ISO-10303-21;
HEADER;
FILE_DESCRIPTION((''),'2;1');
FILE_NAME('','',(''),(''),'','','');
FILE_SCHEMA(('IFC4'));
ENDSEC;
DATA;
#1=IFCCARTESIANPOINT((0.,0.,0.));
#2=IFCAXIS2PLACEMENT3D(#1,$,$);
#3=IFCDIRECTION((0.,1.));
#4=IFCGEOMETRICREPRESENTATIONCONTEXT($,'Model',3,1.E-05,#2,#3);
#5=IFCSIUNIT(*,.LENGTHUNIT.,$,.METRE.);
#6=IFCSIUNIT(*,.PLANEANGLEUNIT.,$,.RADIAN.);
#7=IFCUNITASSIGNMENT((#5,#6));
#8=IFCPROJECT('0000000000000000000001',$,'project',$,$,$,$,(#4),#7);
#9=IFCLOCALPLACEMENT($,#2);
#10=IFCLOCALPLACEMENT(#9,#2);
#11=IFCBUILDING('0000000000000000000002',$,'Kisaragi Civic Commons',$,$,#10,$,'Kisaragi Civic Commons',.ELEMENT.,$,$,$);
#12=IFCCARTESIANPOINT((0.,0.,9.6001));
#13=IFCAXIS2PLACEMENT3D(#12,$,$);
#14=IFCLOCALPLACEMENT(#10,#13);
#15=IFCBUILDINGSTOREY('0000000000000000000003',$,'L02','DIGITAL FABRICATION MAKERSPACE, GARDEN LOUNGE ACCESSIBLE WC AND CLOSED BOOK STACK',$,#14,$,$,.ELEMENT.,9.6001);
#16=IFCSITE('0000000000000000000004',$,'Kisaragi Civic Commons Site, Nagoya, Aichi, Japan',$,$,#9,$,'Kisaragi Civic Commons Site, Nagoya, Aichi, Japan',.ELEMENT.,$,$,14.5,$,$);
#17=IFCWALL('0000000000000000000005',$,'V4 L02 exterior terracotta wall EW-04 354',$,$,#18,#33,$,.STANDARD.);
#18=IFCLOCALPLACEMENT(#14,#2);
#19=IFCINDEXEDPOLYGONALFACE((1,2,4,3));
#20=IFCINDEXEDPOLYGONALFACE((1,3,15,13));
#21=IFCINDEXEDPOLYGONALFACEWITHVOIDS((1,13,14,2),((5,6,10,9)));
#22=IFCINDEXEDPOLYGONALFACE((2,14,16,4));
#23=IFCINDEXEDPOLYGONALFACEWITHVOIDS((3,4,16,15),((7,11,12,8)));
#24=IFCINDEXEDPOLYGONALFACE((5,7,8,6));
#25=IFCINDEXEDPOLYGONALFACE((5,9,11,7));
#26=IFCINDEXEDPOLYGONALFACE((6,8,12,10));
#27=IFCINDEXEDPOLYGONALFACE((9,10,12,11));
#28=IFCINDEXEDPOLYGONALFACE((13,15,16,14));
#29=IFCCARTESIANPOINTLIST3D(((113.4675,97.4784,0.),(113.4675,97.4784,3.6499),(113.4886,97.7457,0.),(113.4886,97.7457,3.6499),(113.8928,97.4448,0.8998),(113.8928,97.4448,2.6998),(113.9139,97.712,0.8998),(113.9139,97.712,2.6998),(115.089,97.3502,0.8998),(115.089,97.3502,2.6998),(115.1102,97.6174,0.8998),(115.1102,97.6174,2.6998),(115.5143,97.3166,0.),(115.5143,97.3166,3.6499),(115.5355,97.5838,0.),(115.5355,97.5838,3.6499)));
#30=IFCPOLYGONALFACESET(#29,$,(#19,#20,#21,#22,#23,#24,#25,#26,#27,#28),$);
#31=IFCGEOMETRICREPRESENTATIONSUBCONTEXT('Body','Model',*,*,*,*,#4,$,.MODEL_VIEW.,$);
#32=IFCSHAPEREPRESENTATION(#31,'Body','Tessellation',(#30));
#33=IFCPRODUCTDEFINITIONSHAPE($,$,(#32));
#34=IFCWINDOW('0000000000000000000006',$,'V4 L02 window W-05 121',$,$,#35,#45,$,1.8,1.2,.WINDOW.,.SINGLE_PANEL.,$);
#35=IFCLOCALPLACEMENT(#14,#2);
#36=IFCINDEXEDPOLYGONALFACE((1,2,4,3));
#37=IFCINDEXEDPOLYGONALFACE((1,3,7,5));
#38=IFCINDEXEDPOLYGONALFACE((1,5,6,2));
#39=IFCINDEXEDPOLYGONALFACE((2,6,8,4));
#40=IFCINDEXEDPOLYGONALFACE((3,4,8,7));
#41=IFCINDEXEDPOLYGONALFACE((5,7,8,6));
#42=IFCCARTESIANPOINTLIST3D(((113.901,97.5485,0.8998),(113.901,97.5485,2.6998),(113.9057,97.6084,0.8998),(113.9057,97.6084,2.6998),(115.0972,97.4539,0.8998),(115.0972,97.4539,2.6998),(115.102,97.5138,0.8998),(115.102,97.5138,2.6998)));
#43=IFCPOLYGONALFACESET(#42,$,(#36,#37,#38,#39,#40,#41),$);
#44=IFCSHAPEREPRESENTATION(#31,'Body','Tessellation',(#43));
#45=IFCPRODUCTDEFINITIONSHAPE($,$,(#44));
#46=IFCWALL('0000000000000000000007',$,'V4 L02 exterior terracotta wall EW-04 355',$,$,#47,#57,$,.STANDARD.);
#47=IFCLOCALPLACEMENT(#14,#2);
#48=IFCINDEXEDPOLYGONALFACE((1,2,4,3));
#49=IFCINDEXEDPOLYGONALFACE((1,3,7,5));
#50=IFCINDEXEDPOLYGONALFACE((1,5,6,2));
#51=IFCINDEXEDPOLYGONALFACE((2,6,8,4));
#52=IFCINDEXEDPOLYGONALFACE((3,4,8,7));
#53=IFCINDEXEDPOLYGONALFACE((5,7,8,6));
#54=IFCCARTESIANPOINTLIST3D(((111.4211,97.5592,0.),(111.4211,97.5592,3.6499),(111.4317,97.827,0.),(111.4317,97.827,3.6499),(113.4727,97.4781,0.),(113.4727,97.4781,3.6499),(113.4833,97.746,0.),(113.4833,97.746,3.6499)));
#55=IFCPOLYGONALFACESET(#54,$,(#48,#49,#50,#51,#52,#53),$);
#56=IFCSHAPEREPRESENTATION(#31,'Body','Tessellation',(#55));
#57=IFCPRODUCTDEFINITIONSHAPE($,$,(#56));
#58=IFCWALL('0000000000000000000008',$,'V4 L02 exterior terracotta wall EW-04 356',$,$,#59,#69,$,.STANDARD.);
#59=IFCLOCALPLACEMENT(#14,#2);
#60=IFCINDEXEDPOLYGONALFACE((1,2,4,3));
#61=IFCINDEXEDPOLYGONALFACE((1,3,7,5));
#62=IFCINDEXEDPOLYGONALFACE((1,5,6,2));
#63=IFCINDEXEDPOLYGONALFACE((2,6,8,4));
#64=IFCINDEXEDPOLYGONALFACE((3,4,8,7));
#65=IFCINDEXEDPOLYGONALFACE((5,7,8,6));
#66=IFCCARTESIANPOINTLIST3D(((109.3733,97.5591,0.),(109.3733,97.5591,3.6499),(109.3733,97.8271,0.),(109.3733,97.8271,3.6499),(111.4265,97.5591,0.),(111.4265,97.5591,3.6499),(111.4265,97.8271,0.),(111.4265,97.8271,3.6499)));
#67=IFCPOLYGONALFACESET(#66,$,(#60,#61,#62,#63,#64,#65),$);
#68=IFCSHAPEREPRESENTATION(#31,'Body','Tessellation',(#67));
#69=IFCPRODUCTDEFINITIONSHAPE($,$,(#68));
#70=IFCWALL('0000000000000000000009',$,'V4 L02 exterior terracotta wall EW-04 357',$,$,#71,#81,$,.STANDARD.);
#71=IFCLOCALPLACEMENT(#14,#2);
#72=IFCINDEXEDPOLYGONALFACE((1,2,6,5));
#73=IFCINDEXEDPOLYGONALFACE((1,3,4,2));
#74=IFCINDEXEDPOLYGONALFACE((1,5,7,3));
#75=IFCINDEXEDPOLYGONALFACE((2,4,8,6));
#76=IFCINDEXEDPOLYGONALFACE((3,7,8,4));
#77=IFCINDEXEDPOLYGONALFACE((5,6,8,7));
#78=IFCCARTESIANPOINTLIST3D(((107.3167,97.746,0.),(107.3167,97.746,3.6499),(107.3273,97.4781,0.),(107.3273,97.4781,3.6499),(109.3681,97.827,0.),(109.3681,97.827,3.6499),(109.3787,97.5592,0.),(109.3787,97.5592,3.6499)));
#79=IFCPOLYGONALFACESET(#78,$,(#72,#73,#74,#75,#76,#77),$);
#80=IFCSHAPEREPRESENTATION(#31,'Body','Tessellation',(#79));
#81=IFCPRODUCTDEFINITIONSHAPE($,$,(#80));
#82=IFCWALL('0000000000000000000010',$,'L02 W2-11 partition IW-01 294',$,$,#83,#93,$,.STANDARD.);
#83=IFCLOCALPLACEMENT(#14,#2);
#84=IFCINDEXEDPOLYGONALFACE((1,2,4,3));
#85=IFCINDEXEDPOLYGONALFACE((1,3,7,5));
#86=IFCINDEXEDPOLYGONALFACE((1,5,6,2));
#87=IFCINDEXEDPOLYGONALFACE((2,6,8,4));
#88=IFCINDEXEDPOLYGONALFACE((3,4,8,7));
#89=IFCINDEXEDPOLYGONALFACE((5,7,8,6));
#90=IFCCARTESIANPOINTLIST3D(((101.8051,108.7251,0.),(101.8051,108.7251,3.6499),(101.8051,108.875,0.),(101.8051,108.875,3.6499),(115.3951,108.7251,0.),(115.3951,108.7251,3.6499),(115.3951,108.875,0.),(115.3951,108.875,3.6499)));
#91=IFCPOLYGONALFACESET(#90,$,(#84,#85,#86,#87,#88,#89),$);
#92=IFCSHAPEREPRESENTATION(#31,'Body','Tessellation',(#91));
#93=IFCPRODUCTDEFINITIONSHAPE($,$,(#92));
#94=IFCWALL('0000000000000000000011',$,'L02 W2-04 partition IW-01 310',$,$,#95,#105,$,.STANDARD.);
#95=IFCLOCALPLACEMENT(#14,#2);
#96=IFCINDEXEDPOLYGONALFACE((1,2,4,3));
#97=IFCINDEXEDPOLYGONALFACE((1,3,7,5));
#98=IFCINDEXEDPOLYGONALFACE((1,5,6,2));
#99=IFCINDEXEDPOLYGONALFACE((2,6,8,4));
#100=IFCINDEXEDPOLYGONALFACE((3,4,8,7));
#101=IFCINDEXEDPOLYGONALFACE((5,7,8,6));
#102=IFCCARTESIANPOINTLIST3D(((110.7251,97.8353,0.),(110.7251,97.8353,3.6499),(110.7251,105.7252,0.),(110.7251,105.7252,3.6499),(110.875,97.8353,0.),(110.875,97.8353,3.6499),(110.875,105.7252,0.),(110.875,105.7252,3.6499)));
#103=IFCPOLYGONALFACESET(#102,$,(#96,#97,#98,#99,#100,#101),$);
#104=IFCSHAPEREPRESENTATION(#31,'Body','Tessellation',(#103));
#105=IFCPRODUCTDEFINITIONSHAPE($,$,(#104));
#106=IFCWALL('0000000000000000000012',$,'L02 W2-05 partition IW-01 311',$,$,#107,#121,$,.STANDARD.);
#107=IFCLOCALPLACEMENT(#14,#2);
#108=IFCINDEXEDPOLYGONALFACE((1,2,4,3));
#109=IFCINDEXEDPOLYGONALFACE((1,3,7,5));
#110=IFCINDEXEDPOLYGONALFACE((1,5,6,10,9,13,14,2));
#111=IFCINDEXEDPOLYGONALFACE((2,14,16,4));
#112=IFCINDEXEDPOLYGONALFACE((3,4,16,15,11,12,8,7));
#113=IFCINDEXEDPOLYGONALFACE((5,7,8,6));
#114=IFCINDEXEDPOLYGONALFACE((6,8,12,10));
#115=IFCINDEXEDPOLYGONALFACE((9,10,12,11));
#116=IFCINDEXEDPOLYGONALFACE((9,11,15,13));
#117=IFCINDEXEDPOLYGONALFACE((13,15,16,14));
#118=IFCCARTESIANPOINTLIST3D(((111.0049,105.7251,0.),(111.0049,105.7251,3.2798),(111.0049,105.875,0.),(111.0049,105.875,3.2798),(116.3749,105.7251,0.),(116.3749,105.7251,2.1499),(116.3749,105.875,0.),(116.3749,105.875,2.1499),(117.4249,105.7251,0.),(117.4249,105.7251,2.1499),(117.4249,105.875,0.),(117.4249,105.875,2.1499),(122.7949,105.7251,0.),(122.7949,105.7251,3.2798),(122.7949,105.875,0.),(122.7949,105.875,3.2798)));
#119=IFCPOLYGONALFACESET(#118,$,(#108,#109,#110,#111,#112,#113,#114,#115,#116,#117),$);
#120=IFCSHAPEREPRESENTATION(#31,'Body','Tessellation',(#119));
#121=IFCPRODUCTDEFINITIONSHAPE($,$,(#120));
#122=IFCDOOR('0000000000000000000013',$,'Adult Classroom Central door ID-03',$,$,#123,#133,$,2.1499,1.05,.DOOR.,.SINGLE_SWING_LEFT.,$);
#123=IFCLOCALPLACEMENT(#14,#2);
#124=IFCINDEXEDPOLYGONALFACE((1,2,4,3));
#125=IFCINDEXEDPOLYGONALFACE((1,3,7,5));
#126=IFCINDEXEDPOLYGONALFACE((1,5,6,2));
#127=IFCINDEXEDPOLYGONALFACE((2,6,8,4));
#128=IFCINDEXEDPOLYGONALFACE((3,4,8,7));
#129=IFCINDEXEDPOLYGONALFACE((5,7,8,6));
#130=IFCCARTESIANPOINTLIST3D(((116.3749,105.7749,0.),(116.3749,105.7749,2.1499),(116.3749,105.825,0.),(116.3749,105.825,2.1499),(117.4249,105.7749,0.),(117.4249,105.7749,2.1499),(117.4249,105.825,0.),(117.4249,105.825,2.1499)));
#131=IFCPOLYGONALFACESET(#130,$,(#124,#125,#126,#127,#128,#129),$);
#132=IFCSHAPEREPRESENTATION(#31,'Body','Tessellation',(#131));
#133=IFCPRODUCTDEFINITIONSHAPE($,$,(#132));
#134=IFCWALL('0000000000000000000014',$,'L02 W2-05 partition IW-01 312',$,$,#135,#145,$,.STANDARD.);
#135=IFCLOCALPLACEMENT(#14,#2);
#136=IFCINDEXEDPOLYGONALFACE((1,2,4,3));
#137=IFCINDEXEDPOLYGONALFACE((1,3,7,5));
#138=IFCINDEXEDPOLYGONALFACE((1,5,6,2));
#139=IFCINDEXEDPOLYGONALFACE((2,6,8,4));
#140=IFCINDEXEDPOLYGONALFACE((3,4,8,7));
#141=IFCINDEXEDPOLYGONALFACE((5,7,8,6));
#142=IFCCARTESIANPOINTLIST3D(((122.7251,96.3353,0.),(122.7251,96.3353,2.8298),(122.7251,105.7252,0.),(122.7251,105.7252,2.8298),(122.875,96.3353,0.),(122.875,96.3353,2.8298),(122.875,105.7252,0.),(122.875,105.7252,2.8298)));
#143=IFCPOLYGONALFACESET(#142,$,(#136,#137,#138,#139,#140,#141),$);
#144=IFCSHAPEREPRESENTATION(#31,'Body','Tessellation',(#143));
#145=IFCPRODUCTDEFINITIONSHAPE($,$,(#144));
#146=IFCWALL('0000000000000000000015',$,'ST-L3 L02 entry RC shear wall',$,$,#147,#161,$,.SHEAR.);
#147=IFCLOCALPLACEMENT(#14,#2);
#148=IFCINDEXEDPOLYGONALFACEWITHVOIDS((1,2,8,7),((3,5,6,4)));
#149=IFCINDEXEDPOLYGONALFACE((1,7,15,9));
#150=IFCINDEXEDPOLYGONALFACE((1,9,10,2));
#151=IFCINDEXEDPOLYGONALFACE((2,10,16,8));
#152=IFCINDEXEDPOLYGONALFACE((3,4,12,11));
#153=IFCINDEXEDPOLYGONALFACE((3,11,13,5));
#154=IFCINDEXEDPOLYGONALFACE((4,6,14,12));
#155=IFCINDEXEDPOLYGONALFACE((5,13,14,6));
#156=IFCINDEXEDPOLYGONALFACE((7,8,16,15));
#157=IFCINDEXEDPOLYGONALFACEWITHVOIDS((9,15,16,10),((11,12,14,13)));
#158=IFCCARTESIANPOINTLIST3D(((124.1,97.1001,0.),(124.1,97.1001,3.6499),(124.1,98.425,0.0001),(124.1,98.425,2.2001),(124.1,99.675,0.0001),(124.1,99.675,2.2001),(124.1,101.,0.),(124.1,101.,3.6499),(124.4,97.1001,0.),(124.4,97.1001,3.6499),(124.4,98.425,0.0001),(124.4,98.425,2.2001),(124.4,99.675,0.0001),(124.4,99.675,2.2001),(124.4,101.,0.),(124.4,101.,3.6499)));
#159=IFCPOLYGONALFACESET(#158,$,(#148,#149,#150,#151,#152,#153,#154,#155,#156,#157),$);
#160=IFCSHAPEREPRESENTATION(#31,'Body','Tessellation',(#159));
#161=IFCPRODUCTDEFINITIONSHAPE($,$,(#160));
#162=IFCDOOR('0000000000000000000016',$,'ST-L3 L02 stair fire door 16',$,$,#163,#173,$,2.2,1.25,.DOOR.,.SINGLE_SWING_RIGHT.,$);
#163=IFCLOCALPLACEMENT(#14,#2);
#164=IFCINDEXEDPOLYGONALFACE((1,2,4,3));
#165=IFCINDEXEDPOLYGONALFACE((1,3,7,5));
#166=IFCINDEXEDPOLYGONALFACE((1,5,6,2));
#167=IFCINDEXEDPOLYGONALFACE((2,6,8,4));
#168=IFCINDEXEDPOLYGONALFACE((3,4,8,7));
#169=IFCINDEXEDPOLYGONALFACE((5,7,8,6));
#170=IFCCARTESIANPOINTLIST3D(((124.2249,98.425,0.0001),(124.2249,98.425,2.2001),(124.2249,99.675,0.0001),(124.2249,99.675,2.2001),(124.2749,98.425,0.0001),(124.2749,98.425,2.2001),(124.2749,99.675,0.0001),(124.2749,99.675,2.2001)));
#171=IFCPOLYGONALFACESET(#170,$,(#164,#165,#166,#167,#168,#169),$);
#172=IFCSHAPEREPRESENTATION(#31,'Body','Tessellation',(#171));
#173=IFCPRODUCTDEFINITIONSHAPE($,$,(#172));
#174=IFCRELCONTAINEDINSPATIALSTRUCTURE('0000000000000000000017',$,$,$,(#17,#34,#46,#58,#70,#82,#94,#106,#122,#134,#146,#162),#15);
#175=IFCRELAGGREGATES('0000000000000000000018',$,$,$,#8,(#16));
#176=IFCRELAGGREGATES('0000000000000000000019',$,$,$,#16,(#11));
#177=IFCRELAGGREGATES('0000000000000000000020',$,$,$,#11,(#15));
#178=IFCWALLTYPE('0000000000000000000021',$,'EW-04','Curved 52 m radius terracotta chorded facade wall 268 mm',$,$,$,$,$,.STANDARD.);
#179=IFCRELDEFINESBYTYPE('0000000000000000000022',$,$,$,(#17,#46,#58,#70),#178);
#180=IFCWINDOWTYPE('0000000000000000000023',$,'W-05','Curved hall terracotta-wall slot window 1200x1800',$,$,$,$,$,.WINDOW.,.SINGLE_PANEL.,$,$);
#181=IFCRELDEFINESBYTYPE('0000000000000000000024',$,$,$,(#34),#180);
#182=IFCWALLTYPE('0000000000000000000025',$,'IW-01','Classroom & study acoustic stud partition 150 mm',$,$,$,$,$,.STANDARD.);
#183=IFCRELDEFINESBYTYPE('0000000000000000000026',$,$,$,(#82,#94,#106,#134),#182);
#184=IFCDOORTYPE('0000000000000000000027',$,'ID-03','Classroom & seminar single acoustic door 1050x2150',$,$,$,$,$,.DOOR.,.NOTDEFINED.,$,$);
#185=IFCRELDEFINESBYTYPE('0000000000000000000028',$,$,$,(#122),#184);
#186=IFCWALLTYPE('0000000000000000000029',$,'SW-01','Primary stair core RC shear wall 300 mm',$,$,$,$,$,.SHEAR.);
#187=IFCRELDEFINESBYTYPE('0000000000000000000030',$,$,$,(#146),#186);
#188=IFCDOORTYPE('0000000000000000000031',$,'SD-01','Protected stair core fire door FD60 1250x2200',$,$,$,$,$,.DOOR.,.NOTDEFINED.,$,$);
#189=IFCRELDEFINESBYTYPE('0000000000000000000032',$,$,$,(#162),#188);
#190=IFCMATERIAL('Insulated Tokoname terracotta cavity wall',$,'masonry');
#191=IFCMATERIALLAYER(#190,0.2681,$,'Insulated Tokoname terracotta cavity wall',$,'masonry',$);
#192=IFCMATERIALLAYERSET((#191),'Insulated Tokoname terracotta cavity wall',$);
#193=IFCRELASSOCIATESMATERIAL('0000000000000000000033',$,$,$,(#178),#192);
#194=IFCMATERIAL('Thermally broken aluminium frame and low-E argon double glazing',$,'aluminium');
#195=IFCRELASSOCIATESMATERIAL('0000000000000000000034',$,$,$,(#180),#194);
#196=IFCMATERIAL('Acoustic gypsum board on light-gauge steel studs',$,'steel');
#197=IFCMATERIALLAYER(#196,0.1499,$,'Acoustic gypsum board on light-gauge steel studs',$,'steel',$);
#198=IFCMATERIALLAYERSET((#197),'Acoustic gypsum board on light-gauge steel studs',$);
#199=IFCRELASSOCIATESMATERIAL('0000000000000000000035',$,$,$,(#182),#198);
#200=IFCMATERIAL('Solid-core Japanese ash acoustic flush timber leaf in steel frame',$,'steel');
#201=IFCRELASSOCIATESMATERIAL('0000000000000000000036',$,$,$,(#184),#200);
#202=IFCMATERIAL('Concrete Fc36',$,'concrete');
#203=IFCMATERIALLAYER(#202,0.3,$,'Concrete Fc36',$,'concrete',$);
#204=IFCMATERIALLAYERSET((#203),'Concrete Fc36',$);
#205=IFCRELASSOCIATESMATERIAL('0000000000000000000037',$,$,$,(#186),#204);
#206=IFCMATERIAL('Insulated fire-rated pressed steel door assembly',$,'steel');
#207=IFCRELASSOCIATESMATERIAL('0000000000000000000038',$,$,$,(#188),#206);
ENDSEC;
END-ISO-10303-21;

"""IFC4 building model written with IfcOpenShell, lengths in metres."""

from ifc_helpers import new_model, si_unit, direction, frame, frame_2d, origin, place, context, subcontext, project, spatial, rectangle, extrude, material, layer, layer_set, type_object, element, fill, save


model = new_model("IFC4")

# Units and contexts
model_context = context("Model", 3, precision=1e-05, world=origin(), true_north=direction((0.0, 1.0)))
body_context = subcontext(model_context, "Body", "Model", "MODEL_VIEW")
ifc_project = project(units=[si_unit("LENGTHUNIT", "METRE"), si_unit("PLANEANGLEUNIT", "RADIAN")], contexts=[model_context])

# Site, building, storey
site_placement = place(None, origin())
site = spatial("IfcSite", under=ifc_project, at=site_placement, Name="Kisaragi Civic Commons Site, Nagoya, Aichi, Japan", LongName="Kisaragi Civic Commons Site, Nagoya, Aichi, Japan", CompositionType="ELEMENT", RefElevation=14.5)
building_placement = place(site_placement, origin())
building = spatial("IfcBuilding", under=site, at=building_placement, Name="Kisaragi Civic Commons", LongName="Kisaragi Civic Commons", CompositionType="ELEMENT")
storey_placement = place(building_placement, frame((0.0, 0.0, 9.6001)))
storey = spatial("IfcBuildingStorey", under=building, at=storey_placement, Name="L02", Description="DIGITAL FABRICATION MAKERSPACE, GARDEN LOUNGE ACCESSIBLE WC AND CLOSED BOOK STACK", CompositionType="ELEMENT", Elevation=9.6001)

# Shared definitions
ifc_material_1 = material(Name="Concrete Fc36", Category="concrete")

# Shared definitions
ifc_material_2 = material(Name="Insulated Tokoname terracotta cavity wall", Category="masonry")
ifc_layer_1 = layer(ifc_material_2, 0.2681, Name="Insulated Tokoname terracotta cavity wall", Category="masonry")
ifc_layer_set_1 = layer_set([ifc_layer_1], Name="Insulated Tokoname terracotta cavity wall")
wall_type_1 = type_object("IfcWallType", Name="EW-04", Description="Curved 52 m radius terracotta chorded facade wall 268 mm", PredefinedType="STANDARD", material=ifc_layer_set_1)
ifc_material_3 = material(Name="Thermally broken aluminium frame and low-E argon double glazing", Category="aluminium")
window_type = type_object("IfcWindowType", Name="W-05", Description="Curved hall terracotta-wall slot window 1200x1800", PartitioningType="SINGLE_PANEL", PredefinedType="WINDOW", material=ifc_material_3)

# Wall, opening, window
wall_1_placement = place(storey_placement, frame((115.5249, 97.4502, 0.0), z_axis=(0.0, 0.0, 1.0), x_axis=(-0.996888, 0.078833, 0.0)))
wall_1 = element("IfcWall", 1, at=wall_1_placement, inside=storey, type_object=wall_type_1, Name="V4 L02 exterior terracotta wall EW-04 354", PredefinedType="STANDARD", context=body_context, shape_type="SweptSolid", body=[
    extrude(rectangle(XDim=2.0532, YDim=0.2681, at=frame_2d((1.0266, 0.0))), origin(), (0.0, 0.0, 1.0), 3.6499),
])
opening_1_placement = place(wall_1_placement, frame((0.4265, 0.0, 0.8999)))
opening_1 = element("IfcOpeningElement", 2, at=opening_1_placement, cuts=wall_1, PredefinedType="OPENING", context=body_context, shape_type="SweptSolid", body=[
    extrude(rectangle(XDim=1.2, YDim=1.8, at=frame_2d((0.6001, 0.8999))), frame((0.0, 0.144, 0.0), z_axis=(0.0, -1.0, 0.0), x_axis=(1.0, 0.0, 0.0)), (0.0, 0.0, 1.0), 0.2881),
])
window_1_placement = place(opening_1_placement, origin())
window_1 = element("IfcWindow", 3, at=window_1_placement, inside=storey, type_object=window_type, Name="V4 L02 window W-05 121", OverallHeight=1.8, OverallWidth=1.2, PartitioningType="SINGLE_PANEL", PredefinedType="WINDOW", context=body_context, shape_type="SweptSolid", body=[
    extrude(rectangle(XDim=1.2, YDim=1.8, at=frame_2d((0.6001, 0.8999))), frame((0.0, 0.03, 0.0), z_axis=(0.0, -1.0, 0.0), x_axis=(1.0, 0.0, 0.0)), (0.0, 0.0, 1.0), 0.0601),
])
fill(opening_1, window_1)

# Walls
for number, where, z_axis, x_axis, name in (
    (4, (113.478, 97.6121, 0.0), (0.0, 0.0, 1.0), (-0.99922, 0.039479, 0.0), "V4 L02 exterior terracotta wall EW-04 355"),
    (5, (111.4265, 97.6931, 0.0), (0.0, 0.0, 1.0), (-1.0, 0.0, 0.0), "V4 L02 exterior terracotta wall EW-04 356"),
):
    element("IfcWall", number, at=place(storey_placement, frame(where, z_axis=z_axis, x_axis=x_axis)), inside=storey, type_object=wall_type_1, Name=name, PredefinedType="STANDARD", context=body_context, shape_type="SweptSolid", body=[
        extrude(rectangle(XDim=2.0532, YDim=0.2681, at=frame_2d((1.0266, 0.0))), origin(), (0.0, 0.0, 1.0), 3.6499),
    ])
wall_2_placement = place(storey_placement, frame((109.3733, 97.6931, 0.0), z_axis=(0.0, 0.0, 1.0), x_axis=(-0.99922, -0.039484, 0.0)))
element("IfcWall", 6, at=wall_2_placement, inside=storey, type_object=wall_type_1, Name="V4 L02 exterior terracotta wall EW-04 357", PredefinedType="STANDARD", context=body_context, shape_type="SweptSolid", body=[
    extrude(rectangle(XDim=2.053, YDim=0.2681, at=frame_2d((1.0264, 0.0))), origin(), (0.0, 0.0, 1.0), 3.6499),
])
ifc_material_4 = material(Name="Acoustic gypsum board on light-gauge steel studs", Category="steel")
ifc_layer_2 = layer(ifc_material_4, 0.1499, Name="Acoustic gypsum board on light-gauge steel studs", Category="steel")
ifc_layer_set_2 = layer_set([ifc_layer_2], Name="Acoustic gypsum board on light-gauge steel studs")
wall_type_2 = type_object("IfcWallType", Name="IW-01", Description="Classroom & study acoustic stud partition 150 mm", PredefinedType="STANDARD", material=ifc_layer_set_2)
wall_3_placement = place(storey_placement, frame((115.395, 108.8, 0.0), z_axis=(0.0, 0.0, 1.0), x_axis=(-1.0, 0.0, 0.0)))
element("IfcWall", 7, at=wall_3_placement, inside=storey, type_object=wall_type_2, Name="L02 W2-11 partition IW-01 294", PredefinedType="STANDARD", context=body_context, shape_type="SweptSolid", body=[
    extrude(rectangle(XDim=13.5901, YDim=0.1499, at=frame_2d((6.7949, 0.0))), origin(), (0.0, 0.0, 1.0), 3.6499),
])
wall_4_placement = place(storey_placement, frame((110.8, 105.7251, 0.0), z_axis=(0.0, 0.0, 1.0), x_axis=(0.0, -1.0, 0.0)))
element("IfcWall", 8, at=wall_4_placement, inside=storey, type_object=wall_type_2, Name="L02 W2-04 partition IW-01 310", PredefinedType="STANDARD", context=body_context, shape_type="SweptSolid", body=[
    extrude(rectangle(XDim=7.8899, YDim=0.1499, at=frame_2d((3.9448, 0.0))), origin(), (0.0, 0.0, 1.0), 3.6499),
])

# Wall, opening, door
wall_5_placement = place(storey_placement, frame((111.0049, 105.8, 0.0), z_axis=(0.0, 0.0, 1.0), x_axis=(1.0, 0.0, 0.0)))
wall_5 = element("IfcWall", 9, at=wall_5_placement, inside=storey, type_object=wall_type_2, Name="L02 W2-05 partition IW-01 311", PredefinedType="STANDARD", context=body_context, shape_type="SweptSolid", body=[
    extrude(rectangle(XDim=11.79, YDim=0.1499, at=frame_2d((5.895, 0.0))), origin(), (0.0, 0.0, 1.0), 3.2798),
])
opening_2_placement = place(wall_5_placement, frame((5.3701, 0.0, 0.0)))
opening_2 = element("IfcOpeningElement", 10, at=opening_2_placement, cuts=wall_5, PredefinedType="OPENING", context=body_context, shape_type="SweptSolid", body=[
    extrude(rectangle(XDim=1.05, YDim=2.1499, at=frame_2d((0.5249, 1.075))), frame((0.0, 0.085, 0.0), z_axis=(0.0, -1.0, 0.0), x_axis=(1.0, 0.0, 0.0)), (0.0, 0.0, 1.0), 0.1699),
])
ifc_material_5 = material(Name="Solid-core Japanese ash acoustic flush timber leaf in steel frame", Category="steel")
door_type_1 = type_object("IfcDoorType", Name="ID-03", Description="Classroom & seminar single acoustic door 1050x2150", OperationType="NOTDEFINED", PredefinedType="DOOR", material=ifc_material_5)
door_1_placement = place(opening_2_placement, origin())
door_1 = element("IfcDoor", 11, at=door_1_placement, inside=storey, type_object=door_type_1, Name="Adult Classroom Central door ID-03", OperationType="SINGLE_SWING_LEFT", OverallHeight=2.1499, OverallWidth=1.05, PredefinedType="DOOR", context=body_context, shape_type="SweptSolid", body=[
    extrude(rectangle(XDim=1.05, YDim=2.1499, at=frame_2d((0.5249, 1.075))), frame((0.0, 0.0249, 0.0), z_axis=(0.0, -1.0, 0.0), x_axis=(1.0, 0.0, 0.0)), (0.0, 0.0, 1.0), 0.05),
])
fill(opening_2, door_1)

# Wall
wall_6_placement = place(storey_placement, frame((122.8, 105.7251, 0.0), z_axis=(0.0, 0.0, 1.0), x_axis=(0.0, -1.0, 0.0)))
element("IfcWall", 12, at=wall_6_placement, inside=storey, type_object=wall_type_2, Name="L02 W2-05 partition IW-01 312", PredefinedType="STANDARD", context=body_context, shape_type="SweptSolid", body=[
    extrude(rectangle(XDim=9.3899, YDim=0.1499, at=frame_2d((4.6948, 0.0))), origin(), (0.0, 0.0, 1.0), 2.8298),
])

# Wall, opening, door
ifc_layer_3 = layer(ifc_material_1, 0.3, Name="Concrete Fc36", Category="concrete")
ifc_layer_set_3 = layer_set([ifc_layer_3], Name="Concrete Fc36")
wall_type_3 = type_object("IfcWallType", Name="SW-01", Description="Primary stair core RC shear wall 300 mm", PredefinedType="SHEAR", material=ifc_layer_set_3)
wall_7_placement = place(storey_placement, frame((124.25, 101.0, 0.0), z_axis=(0.0, 0.0, 1.0), x_axis=(0.0, -1.0, 0.0)))
wall_7 = element("IfcWall", 13, at=wall_7_placement, inside=storey, type_object=wall_type_3, Name="ST-L3 L02 entry RC shear wall", PredefinedType="SHEAR", context=body_context, shape_type="SweptSolid", body=[
    extrude(rectangle(XDim=3.8999, YDim=0.3, at=frame_2d((1.95, 0.0))), origin(), (0.0, 0.0, 1.0), 3.6499),
])
opening_3_placement = place(wall_7_placement, frame((1.325, 0.0, 0.0)))
opening_3 = element("IfcOpeningElement", 14, at=opening_3_placement, cuts=wall_7, PredefinedType="OPENING", context=body_context, shape_type="SweptSolid", body=[
    extrude(rectangle(XDim=1.25, YDim=2.2, at=frame_2d((0.625, 1.1001))), frame((0.0, 0.1599, 0.0), z_axis=(0.0, -1.0, 0.0), x_axis=(1.0, 0.0, 0.0)), (0.0, 0.0, 1.0), 0.3201),
])
ifc_material_6 = material(Name="Insulated fire-rated pressed steel door assembly", Category="steel")
door_type_2 = type_object("IfcDoorType", Name="SD-01", Description="Protected stair core fire door FD60 1250x2200", OperationType="NOTDEFINED", PredefinedType="DOOR", material=ifc_material_6)
door_2_placement = place(opening_3_placement, origin())
door_2 = element("IfcDoor", 15, at=door_2_placement, inside=storey, type_object=door_type_2, Name="ST-L3 L02 stair fire door 16", OperationType="SINGLE_SWING_RIGHT", OverallHeight=2.2, OverallWidth=1.25, PredefinedType="DOOR", context=body_context, shape_type="SweptSolid", body=[
    extrude(rectangle(XDim=1.25, YDim=2.2, at=frame_2d((0.625, 1.1001))), frame((0.0, 0.0249, 0.0), z_axis=(0.0, -1.0, 0.0), x_axis=(1.0, 0.0, 0.0)), (0.0, 0.0, 1.0), 0.05),
])
fill(opening_3, door_2)

save(model, "model.ifc")
